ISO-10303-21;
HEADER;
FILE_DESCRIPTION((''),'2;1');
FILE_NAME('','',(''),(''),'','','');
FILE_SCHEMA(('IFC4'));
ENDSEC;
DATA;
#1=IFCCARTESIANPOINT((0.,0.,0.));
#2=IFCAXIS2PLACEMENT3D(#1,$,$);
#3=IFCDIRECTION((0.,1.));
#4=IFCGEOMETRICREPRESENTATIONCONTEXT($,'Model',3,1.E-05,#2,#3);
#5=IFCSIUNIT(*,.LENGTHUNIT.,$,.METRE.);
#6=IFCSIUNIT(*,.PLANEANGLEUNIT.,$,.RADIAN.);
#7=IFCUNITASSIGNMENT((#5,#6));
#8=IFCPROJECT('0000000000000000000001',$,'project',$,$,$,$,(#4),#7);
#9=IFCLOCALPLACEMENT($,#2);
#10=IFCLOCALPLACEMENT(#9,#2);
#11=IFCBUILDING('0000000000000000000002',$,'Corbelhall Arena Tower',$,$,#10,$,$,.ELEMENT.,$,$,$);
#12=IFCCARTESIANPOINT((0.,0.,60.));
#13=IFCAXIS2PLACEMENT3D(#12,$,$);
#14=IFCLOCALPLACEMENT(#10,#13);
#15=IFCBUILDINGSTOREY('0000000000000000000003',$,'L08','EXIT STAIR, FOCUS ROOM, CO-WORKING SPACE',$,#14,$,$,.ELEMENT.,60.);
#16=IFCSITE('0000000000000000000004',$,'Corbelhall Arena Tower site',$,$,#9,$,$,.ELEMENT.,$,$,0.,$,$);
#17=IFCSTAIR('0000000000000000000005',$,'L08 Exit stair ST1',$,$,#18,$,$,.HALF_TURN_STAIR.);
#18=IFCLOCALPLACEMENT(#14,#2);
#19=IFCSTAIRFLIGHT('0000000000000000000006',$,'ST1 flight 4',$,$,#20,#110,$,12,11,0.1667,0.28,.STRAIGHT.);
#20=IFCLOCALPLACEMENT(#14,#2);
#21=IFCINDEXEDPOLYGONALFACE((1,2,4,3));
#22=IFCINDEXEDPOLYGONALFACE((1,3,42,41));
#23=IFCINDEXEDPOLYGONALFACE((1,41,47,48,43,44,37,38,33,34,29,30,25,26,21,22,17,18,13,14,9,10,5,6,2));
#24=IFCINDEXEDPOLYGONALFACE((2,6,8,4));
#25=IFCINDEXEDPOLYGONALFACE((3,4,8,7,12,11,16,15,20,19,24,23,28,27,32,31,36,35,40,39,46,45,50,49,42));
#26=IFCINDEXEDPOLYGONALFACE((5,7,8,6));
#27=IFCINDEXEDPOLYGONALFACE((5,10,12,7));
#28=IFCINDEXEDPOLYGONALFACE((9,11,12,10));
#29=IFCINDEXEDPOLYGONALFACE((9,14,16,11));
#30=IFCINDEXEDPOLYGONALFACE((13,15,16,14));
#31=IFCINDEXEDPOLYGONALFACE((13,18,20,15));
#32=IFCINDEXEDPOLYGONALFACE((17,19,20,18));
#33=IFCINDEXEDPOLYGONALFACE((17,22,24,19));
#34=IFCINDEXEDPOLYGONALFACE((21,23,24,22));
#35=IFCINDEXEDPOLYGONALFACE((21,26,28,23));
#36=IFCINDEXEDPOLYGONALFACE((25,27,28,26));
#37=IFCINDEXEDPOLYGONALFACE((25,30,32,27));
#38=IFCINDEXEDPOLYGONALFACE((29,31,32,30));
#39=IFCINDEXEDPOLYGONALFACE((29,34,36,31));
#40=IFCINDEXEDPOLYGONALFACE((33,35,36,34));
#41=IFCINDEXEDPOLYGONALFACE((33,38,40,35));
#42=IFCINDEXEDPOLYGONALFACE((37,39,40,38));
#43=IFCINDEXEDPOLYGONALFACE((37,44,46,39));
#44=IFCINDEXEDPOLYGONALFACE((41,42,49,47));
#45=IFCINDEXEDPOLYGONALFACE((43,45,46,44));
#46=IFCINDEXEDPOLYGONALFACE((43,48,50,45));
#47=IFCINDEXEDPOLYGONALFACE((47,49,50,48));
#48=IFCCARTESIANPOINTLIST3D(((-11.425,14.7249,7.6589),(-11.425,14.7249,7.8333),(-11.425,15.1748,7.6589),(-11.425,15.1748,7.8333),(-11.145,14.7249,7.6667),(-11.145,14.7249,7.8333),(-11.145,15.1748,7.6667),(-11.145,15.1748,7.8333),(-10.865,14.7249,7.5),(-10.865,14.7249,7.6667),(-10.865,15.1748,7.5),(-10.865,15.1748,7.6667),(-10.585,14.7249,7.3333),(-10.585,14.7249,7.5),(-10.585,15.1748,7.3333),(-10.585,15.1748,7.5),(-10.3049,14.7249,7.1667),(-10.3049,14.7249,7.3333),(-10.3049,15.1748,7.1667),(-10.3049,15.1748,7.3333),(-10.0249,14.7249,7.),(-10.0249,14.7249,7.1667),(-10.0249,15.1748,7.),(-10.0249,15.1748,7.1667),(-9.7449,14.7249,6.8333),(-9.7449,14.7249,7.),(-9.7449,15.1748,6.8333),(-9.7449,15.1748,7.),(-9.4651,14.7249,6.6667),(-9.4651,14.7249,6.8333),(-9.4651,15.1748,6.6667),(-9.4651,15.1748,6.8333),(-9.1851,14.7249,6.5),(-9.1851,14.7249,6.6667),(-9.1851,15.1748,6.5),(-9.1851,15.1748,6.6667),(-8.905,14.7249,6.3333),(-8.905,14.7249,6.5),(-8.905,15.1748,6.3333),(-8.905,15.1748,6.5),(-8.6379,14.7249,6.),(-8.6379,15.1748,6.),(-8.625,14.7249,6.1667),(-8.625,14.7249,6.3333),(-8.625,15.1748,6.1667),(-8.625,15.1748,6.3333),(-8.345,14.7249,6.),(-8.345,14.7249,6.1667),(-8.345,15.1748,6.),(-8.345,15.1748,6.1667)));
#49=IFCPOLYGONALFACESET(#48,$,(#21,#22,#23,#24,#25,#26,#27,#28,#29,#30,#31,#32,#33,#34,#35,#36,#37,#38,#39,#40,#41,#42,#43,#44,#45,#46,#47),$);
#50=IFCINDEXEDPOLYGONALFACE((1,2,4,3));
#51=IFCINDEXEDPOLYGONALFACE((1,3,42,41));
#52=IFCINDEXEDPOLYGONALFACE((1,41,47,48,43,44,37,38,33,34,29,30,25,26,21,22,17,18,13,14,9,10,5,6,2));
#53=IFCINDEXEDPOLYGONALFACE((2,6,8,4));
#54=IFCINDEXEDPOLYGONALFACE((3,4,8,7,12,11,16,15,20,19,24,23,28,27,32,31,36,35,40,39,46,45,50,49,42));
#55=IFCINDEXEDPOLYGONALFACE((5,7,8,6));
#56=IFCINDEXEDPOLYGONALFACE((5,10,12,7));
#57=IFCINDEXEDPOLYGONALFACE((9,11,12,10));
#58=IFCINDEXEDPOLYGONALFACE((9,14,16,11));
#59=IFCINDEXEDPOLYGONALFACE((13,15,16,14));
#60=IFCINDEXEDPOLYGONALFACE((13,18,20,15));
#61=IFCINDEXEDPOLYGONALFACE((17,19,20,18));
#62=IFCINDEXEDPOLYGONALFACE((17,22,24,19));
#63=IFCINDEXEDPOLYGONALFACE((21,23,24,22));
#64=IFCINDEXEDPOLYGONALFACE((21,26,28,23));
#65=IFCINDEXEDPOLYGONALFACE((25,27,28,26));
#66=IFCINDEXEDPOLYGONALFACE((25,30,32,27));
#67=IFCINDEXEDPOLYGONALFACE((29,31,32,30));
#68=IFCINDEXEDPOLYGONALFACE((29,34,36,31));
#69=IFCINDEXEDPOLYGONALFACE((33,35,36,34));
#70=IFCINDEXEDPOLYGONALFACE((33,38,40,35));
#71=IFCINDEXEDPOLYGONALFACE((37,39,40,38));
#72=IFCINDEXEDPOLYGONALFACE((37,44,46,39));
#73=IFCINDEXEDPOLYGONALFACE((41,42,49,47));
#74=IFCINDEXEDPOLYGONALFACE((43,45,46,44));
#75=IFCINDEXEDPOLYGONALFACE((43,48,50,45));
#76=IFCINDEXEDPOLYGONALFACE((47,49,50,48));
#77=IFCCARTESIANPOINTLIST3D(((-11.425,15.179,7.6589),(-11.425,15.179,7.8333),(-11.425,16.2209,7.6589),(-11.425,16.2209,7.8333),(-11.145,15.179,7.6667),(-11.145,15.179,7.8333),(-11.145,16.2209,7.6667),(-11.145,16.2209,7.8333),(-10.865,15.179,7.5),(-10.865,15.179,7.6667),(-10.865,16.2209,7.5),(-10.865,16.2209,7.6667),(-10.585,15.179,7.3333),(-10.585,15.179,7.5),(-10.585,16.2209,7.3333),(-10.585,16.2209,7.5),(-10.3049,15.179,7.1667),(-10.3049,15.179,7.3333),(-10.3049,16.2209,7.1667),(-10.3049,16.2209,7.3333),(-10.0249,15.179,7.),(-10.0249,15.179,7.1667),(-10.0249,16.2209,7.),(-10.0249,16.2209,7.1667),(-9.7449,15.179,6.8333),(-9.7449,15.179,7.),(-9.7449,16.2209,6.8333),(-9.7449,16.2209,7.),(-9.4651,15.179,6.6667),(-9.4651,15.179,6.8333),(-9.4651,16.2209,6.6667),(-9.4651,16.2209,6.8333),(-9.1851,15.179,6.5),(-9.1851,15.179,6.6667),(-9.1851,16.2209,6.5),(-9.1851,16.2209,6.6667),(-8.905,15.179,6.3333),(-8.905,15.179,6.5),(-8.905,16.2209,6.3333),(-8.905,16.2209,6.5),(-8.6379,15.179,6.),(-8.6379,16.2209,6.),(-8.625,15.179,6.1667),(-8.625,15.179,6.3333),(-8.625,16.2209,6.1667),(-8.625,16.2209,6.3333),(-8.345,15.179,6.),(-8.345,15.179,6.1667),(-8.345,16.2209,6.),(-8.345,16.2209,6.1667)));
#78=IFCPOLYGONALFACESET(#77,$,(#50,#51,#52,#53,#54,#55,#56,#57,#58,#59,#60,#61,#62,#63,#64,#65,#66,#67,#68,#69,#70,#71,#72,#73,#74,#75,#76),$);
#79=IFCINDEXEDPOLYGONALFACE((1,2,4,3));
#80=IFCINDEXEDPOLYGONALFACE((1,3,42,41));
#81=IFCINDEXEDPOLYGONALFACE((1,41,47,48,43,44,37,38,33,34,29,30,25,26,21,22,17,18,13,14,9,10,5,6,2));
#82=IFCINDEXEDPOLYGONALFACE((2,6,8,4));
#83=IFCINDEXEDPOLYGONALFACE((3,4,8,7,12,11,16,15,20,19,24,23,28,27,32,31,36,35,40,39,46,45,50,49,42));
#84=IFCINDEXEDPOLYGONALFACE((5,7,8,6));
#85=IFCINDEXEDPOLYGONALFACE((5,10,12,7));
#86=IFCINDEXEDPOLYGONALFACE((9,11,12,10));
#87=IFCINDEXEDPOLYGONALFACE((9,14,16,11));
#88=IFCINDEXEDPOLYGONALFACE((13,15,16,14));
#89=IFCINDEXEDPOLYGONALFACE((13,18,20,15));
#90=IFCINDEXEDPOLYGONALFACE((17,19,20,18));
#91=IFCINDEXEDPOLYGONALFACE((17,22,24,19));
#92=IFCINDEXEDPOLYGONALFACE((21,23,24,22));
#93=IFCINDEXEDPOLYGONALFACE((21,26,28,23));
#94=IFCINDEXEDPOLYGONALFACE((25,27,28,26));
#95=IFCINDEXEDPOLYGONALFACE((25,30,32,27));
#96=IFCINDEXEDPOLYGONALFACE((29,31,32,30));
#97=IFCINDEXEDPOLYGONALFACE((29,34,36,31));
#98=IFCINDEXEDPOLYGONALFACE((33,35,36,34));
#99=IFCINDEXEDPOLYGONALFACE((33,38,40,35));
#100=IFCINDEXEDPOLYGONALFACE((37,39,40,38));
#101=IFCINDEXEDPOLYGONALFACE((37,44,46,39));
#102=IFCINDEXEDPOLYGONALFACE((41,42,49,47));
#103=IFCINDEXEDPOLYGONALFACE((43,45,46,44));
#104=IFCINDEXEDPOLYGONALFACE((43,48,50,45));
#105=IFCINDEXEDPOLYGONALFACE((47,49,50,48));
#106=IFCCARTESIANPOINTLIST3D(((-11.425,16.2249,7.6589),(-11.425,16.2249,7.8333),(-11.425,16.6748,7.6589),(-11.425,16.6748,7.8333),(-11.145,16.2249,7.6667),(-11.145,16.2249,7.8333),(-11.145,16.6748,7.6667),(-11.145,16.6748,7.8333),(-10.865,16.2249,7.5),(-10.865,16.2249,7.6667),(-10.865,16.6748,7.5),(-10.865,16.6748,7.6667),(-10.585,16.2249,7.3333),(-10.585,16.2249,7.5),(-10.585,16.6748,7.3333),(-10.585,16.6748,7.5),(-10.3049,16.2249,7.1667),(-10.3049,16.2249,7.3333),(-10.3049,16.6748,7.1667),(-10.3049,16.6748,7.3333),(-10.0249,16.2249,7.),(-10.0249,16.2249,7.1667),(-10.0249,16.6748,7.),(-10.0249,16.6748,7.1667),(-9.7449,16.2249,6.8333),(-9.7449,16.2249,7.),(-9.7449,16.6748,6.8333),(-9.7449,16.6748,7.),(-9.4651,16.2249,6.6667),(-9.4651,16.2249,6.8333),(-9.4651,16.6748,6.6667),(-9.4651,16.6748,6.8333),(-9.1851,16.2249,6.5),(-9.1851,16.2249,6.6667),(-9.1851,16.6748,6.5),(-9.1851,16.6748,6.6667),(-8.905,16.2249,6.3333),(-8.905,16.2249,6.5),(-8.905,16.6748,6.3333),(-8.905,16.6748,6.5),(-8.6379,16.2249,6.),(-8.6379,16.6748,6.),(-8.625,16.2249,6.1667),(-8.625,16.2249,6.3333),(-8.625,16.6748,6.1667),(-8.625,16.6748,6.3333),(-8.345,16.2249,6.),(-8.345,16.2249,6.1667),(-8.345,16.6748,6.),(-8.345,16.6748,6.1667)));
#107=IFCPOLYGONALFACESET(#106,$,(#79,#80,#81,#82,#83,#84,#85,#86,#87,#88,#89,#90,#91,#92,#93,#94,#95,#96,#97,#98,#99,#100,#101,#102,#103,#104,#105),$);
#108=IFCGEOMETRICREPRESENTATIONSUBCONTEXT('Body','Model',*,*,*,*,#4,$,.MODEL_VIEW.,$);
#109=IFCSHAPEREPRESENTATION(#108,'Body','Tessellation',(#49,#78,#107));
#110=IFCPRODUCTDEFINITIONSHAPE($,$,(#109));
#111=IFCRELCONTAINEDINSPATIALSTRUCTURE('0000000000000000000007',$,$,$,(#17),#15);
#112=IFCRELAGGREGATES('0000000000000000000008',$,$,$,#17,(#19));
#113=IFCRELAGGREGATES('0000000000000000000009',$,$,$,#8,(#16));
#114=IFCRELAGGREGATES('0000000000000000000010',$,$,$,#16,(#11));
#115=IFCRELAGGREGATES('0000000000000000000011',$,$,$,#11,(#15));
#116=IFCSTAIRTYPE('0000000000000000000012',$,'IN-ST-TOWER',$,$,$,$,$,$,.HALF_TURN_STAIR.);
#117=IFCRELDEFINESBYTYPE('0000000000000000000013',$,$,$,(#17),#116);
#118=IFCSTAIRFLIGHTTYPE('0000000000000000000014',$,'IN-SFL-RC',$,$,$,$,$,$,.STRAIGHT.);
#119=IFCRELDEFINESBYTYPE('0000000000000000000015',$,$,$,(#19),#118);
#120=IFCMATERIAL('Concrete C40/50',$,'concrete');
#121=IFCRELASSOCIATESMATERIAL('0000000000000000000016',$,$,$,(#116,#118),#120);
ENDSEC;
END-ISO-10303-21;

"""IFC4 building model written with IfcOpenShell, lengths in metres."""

from ifc_helpers import new_model, si_unit, direction, frame, origin, place, context, subcontext, project, spatial, polyline, outline, extrude, material, type_object, element, aggregate, save


model = new_model("IFC4")

# Units and contexts
model_context = context("Model", 3, precision=1e-05, world=origin(), true_north=direction((0.0, 1.0)))
body_context = subcontext(model_context, "Body", "Model", "MODEL_VIEW")
ifc_project = project(units=[si_unit("LENGTHUNIT", "METRE"), si_unit("PLANEANGLEUNIT", "RADIAN")], contexts=[model_context])

# Site, building, storey
site_placement = place(None, origin())
site = spatial("IfcSite", under=ifc_project, at=site_placement, Name="Corbelhall Arena Tower site", CompositionType="ELEMENT", RefElevation=0.0)
building_placement = place(site_placement, origin())
building = spatial("IfcBuilding", under=site, at=building_placement, Name="Corbelhall Arena Tower", CompositionType="ELEMENT")
storey_placement = place(building_placement, frame((0.0, 0.0, 60.0)))
storey = spatial("IfcBuildingStorey", under=building, at=storey_placement, Name="L08", Description="EXIT STAIR, FOCUS ROOM, CO-WORKING SPACE", CompositionType="ELEMENT", Elevation=60.0)

# Shared definitions
ifc_material_1 = material(Name="Concrete C40/50", Category="concrete")

# Stair, stair flight
stair_type = type_object("IfcStairType", Name="IN-ST-TOWER", PredefinedType="HALF_TURN_STAIR", material=ifc_material_1)
stair_placement = place(storey_placement, origin())
stair = element("IfcStair", 1, at=stair_placement, inside=storey, type_object=stair_type, Name="L08 Exit stair ST1", PredefinedType="HALF_TURN_STAIR")
stair_flight_type = type_object("IfcStairFlightType", Name="IN-SFL-RC", PredefinedType="STRAIGHT", material=ifc_material_1)
stair_flight_1_placement = place(storey_placement, frame((-8.345, 15.7, 6.0), z_axis=(0.0, 0.0, 1.0), x_axis=(-1.0, 0.0, 0.0)))
stair_flight_1 = element("IfcStairFlight", 2, at=stair_flight_1_placement, type_object=stair_flight_type, Name="ST1 flight 4", NumberOfRisers=12, NumberOfTreads=11, PredefinedType="STRAIGHT", RiserHeight=0.1667, TreadLength=0.28, context=body_context, shape_type="SweptSolid", body=[
    extrude(outline(polyline([(0.0, 0.0), (0.0, 0.1667), (0.28, 0.1667), (0.28, 0.3333), (0.5601, 0.3333), (0.5601, 0.5), (0.8401, 0.5), (0.8401, 0.6667), (1.1201, 0.6667), (1.1201, 0.8333), (1.3999, 0.8333), (1.3999, 1.0), (1.6799, 1.0), (1.6799, 1.1667), (1.96, 1.1667), (1.96, 1.3333), (2.24, 1.3333), (2.24, 1.5), (2.52, 1.5), (2.52, 1.6667), (2.8, 1.6667), (2.8, 1.8333), (3.0801, 1.8333), (3.0801, 2.0), (3.0801, 1.6589), (0.293, 0.0), (0.0, 0.0)])), frame((0.0, 0.9751, 0.0), z_axis=(0.0, -1.0, 0.0), x_axis=(1.0, 0.0, 0.0)), (0.0, 0.0, 1.0), 0.45),
    extrude(outline(polyline([(0.0, 0.0), (0.0, 0.1667), (0.28, 0.1667), (0.28, 0.3333), (0.5601, 0.3333), (0.5601, 0.5), (0.8401, 0.5), (0.8401, 0.6667), (1.1201, 0.6667), (1.1201, 0.8333), (1.3999, 0.8333), (1.3999, 1.0), (1.6799, 1.0), (1.6799, 1.1667), (1.96, 1.1667), (1.96, 1.3333), (2.24, 1.3333), (2.24, 1.5), (2.52, 1.5), (2.52, 1.6667), (2.8, 1.6667), (2.8, 1.8333), (3.0801, 1.8333), (3.0801, 2.0), (3.0801, 1.6589), (0.293, 0.0), (0.0, 0.0)])), frame((0.0, 0.521, 0.0), z_axis=(0.0, -1.0, 0.0), x_axis=(1.0, 0.0, 0.0)), (0.0, 0.0, 1.0), 1.042),
    extrude(outline(polyline([(0.0, 0.0), (0.0, 0.1667), (0.28, 0.1667), (0.28, 0.3333), (0.5601, 0.3333), (0.5601, 0.5), (0.8401, 0.5), (0.8401, 0.6667), (1.1201, 0.6667), (1.1201, 0.8333), (1.3999, 0.8333), (1.3999, 1.0), (1.6799, 1.0), (1.6799, 1.1667), (1.96, 1.1667), (1.96, 1.3333), (2.24, 1.3333), (2.24, 1.5), (2.52, 1.5), (2.52, 1.6667), (2.8, 1.6667), (2.8, 1.8333), (3.0801, 1.8333), (3.0801, 2.0), (3.0801, 1.6589), (0.293, 0.0), (0.0, 0.0)])), frame((0.0, -0.5249, 0.0), z_axis=(0.0, -1.0, 0.0), x_axis=(1.0, 0.0, 0.0)), (0.0, 0.0, 1.0), 0.45),
])
aggregate(stair, [stair_flight_1])

save(model, "model.ifc")
